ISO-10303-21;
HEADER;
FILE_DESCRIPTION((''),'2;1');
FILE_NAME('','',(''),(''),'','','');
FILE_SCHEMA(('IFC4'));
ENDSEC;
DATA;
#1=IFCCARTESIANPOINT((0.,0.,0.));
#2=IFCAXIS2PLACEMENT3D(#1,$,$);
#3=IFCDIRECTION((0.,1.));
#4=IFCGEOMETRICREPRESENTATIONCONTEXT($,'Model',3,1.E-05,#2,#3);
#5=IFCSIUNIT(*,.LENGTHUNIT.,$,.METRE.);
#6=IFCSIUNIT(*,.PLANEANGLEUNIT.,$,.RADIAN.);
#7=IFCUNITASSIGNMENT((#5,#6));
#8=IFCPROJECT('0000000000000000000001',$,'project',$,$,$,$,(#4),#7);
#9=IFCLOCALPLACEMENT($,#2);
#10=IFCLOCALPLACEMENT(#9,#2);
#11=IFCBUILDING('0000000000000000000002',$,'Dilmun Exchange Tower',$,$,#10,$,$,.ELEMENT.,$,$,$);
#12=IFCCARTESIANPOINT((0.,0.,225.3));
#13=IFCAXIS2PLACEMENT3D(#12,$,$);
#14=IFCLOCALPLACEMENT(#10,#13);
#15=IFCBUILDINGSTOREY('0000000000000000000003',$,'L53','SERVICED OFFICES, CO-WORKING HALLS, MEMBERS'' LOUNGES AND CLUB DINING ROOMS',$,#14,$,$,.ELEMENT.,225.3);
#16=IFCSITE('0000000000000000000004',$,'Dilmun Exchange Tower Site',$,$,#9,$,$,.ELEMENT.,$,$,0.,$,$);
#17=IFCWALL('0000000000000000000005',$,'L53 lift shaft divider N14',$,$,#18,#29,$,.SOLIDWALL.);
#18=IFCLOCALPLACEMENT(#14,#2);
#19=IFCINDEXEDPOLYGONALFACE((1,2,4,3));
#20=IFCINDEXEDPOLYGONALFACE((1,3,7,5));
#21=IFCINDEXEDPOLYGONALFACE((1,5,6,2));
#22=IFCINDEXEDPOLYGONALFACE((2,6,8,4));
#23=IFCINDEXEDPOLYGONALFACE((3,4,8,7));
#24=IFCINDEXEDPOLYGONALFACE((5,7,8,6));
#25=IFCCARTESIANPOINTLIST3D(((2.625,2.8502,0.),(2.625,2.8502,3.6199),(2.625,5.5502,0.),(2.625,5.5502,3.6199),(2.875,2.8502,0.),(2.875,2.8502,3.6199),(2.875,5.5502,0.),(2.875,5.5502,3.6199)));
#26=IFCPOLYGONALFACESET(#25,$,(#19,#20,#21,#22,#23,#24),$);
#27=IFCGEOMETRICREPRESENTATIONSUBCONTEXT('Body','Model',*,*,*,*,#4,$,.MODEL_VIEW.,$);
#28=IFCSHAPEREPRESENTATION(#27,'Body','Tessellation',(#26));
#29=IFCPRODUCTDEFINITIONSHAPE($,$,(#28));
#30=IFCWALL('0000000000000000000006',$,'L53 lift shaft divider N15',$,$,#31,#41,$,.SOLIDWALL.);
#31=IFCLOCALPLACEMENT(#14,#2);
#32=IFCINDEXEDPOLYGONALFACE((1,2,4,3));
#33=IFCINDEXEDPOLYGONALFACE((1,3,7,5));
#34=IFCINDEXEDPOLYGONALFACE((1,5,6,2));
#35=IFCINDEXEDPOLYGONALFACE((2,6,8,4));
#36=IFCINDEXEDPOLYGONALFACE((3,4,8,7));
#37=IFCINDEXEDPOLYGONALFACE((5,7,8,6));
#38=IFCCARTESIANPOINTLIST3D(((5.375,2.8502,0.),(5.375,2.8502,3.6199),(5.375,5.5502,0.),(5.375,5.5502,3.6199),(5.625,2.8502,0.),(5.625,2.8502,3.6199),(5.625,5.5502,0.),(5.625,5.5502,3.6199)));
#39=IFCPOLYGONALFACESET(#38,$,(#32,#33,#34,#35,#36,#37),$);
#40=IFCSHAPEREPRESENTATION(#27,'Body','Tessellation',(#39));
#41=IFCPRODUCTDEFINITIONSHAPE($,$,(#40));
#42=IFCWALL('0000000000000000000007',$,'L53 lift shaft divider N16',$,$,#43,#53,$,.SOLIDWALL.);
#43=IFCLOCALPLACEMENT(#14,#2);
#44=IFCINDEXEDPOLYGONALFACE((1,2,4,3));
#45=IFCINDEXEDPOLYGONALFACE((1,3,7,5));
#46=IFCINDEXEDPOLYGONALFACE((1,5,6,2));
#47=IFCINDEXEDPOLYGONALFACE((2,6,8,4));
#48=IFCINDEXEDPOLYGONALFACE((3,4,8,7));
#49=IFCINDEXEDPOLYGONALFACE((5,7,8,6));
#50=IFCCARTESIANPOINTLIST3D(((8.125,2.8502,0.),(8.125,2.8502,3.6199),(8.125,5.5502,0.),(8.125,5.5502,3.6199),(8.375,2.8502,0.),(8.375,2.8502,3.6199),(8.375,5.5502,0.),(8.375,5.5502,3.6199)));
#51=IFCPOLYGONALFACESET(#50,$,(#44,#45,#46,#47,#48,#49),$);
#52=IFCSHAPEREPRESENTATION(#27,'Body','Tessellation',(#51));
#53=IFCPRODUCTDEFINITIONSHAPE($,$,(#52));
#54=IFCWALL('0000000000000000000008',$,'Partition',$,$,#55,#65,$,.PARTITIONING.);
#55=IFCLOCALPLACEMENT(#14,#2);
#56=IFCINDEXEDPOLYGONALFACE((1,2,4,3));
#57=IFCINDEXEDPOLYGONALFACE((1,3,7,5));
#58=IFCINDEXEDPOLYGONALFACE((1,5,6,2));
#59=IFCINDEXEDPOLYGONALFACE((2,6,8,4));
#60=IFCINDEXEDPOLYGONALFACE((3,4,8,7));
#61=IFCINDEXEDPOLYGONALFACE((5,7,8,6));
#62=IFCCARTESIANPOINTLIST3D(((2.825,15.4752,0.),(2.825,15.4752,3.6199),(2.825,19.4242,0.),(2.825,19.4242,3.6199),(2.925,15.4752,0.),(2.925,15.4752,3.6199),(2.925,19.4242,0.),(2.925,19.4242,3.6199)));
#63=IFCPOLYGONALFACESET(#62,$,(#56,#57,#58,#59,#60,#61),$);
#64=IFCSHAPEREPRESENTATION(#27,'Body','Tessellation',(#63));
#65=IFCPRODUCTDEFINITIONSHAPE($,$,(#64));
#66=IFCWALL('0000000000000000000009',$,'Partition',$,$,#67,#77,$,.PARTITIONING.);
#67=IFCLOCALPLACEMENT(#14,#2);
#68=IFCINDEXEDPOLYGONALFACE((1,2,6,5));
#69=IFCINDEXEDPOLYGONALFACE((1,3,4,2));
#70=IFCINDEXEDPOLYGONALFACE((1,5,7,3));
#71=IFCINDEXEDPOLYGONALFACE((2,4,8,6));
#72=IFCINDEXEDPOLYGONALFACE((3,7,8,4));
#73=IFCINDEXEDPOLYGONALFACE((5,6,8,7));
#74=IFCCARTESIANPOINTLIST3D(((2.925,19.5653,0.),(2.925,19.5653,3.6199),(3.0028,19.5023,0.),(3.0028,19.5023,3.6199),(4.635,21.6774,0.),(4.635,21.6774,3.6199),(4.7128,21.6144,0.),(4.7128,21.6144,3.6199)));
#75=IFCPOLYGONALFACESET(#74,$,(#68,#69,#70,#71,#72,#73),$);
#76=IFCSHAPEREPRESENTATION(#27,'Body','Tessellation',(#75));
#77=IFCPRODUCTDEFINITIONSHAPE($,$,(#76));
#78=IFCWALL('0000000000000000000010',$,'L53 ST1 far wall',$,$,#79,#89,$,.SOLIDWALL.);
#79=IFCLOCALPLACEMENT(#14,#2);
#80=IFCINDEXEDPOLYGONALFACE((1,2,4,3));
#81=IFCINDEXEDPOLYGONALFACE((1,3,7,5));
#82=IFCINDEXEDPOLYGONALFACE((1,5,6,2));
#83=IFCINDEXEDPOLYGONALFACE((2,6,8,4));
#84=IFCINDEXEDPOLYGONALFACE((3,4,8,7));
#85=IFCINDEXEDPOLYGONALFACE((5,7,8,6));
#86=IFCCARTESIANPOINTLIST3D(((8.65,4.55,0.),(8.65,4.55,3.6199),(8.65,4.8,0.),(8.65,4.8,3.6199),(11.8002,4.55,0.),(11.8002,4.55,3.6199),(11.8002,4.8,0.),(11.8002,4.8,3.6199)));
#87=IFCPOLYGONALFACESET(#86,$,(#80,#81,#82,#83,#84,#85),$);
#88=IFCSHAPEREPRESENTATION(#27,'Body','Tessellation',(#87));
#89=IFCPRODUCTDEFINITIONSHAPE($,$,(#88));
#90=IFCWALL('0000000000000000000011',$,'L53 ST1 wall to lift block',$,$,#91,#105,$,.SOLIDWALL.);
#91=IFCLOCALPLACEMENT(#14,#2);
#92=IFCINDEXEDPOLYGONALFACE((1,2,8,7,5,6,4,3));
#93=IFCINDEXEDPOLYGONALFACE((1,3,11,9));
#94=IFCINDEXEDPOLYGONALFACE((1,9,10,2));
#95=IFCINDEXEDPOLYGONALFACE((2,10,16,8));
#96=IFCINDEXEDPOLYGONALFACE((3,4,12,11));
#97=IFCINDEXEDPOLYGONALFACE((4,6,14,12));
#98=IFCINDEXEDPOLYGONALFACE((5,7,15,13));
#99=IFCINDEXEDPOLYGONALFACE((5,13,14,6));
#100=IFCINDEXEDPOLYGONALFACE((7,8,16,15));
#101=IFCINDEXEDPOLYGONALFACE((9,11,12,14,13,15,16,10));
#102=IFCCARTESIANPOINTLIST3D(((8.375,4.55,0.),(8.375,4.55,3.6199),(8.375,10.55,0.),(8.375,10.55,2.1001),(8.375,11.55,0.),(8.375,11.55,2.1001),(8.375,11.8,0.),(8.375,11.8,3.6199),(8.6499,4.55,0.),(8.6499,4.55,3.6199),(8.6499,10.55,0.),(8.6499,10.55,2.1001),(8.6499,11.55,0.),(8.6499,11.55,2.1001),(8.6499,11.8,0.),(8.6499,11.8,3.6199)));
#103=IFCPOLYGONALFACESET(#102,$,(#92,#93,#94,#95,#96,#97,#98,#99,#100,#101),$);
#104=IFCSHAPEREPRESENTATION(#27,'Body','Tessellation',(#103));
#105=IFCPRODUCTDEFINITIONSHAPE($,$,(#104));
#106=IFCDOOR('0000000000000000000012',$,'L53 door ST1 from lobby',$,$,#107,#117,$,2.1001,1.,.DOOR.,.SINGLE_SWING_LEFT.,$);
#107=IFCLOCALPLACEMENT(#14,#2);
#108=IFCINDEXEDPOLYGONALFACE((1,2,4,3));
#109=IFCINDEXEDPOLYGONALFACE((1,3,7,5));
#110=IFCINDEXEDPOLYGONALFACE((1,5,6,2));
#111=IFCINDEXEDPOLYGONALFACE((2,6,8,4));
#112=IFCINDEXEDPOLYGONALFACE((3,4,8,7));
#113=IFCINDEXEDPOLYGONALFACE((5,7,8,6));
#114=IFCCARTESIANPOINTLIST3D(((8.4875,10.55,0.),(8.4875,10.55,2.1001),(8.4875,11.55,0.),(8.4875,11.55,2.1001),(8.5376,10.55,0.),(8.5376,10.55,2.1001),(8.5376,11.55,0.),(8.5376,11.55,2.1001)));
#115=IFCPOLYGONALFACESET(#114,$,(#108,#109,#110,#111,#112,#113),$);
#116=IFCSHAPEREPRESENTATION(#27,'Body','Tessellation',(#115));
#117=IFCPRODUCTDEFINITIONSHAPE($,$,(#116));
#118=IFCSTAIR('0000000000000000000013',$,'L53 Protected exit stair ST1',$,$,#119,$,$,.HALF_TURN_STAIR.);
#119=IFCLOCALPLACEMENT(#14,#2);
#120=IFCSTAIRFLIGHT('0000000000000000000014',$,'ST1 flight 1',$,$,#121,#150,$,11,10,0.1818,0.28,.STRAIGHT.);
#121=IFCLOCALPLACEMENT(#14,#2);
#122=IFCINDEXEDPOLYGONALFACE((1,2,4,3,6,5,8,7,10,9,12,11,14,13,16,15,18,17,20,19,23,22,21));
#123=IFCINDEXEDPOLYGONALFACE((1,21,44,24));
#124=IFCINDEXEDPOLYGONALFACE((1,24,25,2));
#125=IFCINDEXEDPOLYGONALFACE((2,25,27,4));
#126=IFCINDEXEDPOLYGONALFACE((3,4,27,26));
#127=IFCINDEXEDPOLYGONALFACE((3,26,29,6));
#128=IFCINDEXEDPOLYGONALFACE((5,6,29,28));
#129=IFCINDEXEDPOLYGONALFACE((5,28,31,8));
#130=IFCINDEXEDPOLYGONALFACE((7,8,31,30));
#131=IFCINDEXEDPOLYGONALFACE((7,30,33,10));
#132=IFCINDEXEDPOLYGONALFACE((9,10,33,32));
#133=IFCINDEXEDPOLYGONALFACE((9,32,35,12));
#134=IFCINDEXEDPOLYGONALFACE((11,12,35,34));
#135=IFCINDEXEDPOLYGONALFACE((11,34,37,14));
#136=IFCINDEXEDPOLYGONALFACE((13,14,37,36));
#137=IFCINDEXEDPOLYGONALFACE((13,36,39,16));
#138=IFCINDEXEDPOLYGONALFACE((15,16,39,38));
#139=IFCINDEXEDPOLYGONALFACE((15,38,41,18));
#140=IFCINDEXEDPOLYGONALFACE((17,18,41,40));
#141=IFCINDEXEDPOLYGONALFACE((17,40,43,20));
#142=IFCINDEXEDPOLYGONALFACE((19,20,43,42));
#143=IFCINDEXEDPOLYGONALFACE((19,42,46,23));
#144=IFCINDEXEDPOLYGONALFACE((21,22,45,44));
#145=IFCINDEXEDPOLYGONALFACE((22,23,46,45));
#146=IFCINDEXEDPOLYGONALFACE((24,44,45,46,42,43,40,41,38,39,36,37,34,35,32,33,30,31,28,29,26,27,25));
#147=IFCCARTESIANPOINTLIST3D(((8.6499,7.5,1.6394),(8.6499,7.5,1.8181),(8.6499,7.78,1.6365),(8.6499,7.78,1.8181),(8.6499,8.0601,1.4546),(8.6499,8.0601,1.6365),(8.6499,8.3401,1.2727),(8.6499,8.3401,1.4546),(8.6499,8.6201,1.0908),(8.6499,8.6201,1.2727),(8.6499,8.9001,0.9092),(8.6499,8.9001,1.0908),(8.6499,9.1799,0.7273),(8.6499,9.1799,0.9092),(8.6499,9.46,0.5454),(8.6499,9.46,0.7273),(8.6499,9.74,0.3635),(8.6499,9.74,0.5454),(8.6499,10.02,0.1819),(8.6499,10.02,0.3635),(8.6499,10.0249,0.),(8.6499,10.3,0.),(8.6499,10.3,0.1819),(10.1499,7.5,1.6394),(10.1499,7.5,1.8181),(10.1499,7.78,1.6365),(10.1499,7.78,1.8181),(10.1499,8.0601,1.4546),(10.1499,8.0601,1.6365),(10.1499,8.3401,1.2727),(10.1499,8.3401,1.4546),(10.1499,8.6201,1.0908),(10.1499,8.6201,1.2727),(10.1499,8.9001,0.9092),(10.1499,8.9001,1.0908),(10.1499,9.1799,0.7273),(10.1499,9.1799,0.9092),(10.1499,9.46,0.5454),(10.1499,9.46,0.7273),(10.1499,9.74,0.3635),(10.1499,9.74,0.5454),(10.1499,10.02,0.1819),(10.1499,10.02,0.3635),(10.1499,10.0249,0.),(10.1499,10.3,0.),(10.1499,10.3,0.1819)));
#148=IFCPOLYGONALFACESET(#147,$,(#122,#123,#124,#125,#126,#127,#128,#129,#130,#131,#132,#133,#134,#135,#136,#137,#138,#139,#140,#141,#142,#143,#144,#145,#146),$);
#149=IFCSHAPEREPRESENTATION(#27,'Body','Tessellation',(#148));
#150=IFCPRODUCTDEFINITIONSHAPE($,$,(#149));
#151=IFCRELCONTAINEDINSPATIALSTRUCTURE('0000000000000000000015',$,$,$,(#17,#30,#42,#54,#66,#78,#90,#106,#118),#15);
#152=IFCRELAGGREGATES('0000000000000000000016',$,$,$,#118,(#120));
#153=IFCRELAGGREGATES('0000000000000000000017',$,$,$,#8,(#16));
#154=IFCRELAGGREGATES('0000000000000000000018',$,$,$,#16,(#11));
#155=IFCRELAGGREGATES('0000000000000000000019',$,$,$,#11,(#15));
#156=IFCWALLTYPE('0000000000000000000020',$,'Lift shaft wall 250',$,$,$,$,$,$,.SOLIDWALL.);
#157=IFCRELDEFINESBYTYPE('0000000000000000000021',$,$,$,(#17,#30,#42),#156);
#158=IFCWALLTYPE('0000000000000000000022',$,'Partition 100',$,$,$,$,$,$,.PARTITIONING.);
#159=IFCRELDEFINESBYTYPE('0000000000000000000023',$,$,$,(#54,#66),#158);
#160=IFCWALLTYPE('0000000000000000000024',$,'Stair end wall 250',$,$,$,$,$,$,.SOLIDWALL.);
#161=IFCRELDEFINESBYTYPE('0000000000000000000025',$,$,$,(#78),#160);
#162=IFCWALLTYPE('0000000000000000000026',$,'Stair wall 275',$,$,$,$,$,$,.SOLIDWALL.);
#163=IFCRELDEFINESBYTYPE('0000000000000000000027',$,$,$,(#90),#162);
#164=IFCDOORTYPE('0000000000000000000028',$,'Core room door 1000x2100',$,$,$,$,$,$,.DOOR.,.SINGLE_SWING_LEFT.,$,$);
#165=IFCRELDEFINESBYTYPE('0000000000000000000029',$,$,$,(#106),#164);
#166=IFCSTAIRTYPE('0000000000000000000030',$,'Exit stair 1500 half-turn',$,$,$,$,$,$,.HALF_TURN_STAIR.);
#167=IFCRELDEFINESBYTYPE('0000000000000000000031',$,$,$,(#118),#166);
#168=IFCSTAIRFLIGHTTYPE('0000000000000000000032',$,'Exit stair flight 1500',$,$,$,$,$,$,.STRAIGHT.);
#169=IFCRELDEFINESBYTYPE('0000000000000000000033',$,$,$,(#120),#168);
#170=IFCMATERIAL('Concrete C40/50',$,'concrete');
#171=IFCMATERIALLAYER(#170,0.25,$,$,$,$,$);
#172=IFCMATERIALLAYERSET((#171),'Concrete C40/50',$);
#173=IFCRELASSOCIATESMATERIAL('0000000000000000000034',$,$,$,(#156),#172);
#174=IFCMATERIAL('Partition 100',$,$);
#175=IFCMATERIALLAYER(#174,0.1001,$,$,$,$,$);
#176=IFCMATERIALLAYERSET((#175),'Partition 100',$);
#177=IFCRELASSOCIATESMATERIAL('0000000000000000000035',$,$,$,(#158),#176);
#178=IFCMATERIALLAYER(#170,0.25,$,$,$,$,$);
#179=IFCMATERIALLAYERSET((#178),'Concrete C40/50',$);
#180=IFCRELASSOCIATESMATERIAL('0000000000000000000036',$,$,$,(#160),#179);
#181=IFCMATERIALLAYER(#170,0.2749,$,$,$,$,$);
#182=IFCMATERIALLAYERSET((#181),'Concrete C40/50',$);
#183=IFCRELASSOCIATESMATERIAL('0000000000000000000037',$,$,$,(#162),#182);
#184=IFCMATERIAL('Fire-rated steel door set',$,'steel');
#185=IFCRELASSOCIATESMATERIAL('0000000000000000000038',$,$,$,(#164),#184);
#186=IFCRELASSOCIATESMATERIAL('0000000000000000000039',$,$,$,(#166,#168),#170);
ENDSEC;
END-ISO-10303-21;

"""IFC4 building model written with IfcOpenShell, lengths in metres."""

from ifc_helpers import new_model, si_unit, direction, frame, frame_2d, origin, place, context, subcontext, project, spatial, polyline, rectangle, outline, extrude, material, layer, layer_set, type_object, element, fill, aggregate, save


model = new_model("IFC4")

# Units and contexts
model_context = context("Model", 3, precision=1e-05, world=origin(), true_north=direction((0.0, 1.0)))
body_context = subcontext(model_context, "Body", "Model", "MODEL_VIEW")
ifc_project = project(units=[si_unit("LENGTHUNIT", "METRE"), si_unit("PLANEANGLEUNIT", "RADIAN")], contexts=[model_context])

# Site, building, storey
site_placement = place(None, origin())
site = spatial("IfcSite", under=ifc_project, at=site_placement, Name="Dilmun Exchange Tower Site", CompositionType="ELEMENT", RefElevation=0.0)
building_placement = place(site_placement, origin())
building = spatial("IfcBuilding", under=site, at=building_placement, Name="Dilmun Exchange Tower", CompositionType="ELEMENT")
storey_placement = place(building_placement, frame((0.0, 0.0, 225.3)))
storey = spatial("IfcBuildingStorey", under=building, at=storey_placement, Name="L53", Description="SERVICED OFFICES, CO-WORKING HALLS, MEMBERS' LOUNGES AND CLUB DINING ROOMS", CompositionType="ELEMENT", Elevation=225.3)

# Shared definitions
ifc_material_1 = material(Name="Concrete C40/50", Category="concrete")
ifc_material_2 = material(Name="Fire-rated steel door set", Category="steel")

# Walls
ifc_layer_1 = layer(ifc_material_1, 0.25)
ifc_layer_set_1 = layer_set([ifc_layer_1], Name="Concrete C40/50")
wall_type_1 = type_object("IfcWallType", Name="Lift shaft wall 250", PredefinedType="SOLIDWALL", material=ifc_layer_set_1)
for number, where, z_axis, x_axis, name in (
    (1, (2.75, 2.8501, 0.0), (0.0, 0.0, 1.0), (0.0, 1.0, 0.0), "L53 lift shaft divider N14"),
    (2, (5.5, 2.8501, 0.0), (0.0, 0.0, 1.0), (0.0, 1.0, 0.0), "L53 lift shaft divider N15"),
    (3, (8.25, 2.8501, 0.0), (0.0, 0.0, 1.0), (0.0, 1.0, 0.0), "L53 lift shaft divider N16"),
):
    element("IfcWall", number, at=place(storey_placement, frame(where, z_axis=z_axis, x_axis=x_axis)), inside=storey, type_object=wall_type_1, Name=name, PredefinedType="SOLIDWALL", context=body_context, shape_type="SweptSolid", body=[
        extrude(rectangle(XDim=2.7, YDim=0.25, at=frame_2d((1.3501, 0.0))), origin(), (0.0, 0.0, 1.0), 3.6199),
    ])
ifc_material_3 = material(Name="Partition 100")
ifc_layer_2 = layer(ifc_material_3, 0.1001)
ifc_layer_set_2 = layer_set([ifc_layer_2], Name="Partition 100")
wall_type_2 = type_object("IfcWallType", Name="Partition 100", PredefinedType="PARTITIONING", material=ifc_layer_set_2)
wall_1_placement = place(storey_placement, frame((2.875, 15.4751, 0.0), z_axis=(0.0, 0.0, 1.0), x_axis=(0.0, 1.0, 0.0)))
element("IfcWall", 4, at=wall_1_placement, inside=storey, type_object=wall_type_2, Name="Partition", PredefinedType="PARTITIONING", context=body_context, shape_type="SweptSolid", body=[
    extrude(rectangle(XDim=3.949, YDim=0.1001, at=frame_2d((1.9746, 0.0))), origin(), (0.0, 0.0, 1.0), 3.6199),
])
wall_2_placement = place(storey_placement, frame((2.9639, 19.5337, 0.0), z_axis=(0.0, 0.0, 1.0), x_axis=(0.629242, 0.777209, 0.0)))
element("IfcWall", 5, at=wall_2_placement, inside=storey, type_object=wall_type_2, Name="Partition", PredefinedType="PARTITIONING", context=body_context, shape_type="SweptSolid", body=[
    extrude(rectangle(XDim=2.7175, YDim=0.1001, at=frame_2d((1.3589, 0.0))), origin(), (0.0, 0.0, 1.0), 3.6199),
])
ifc_layer_3 = layer(ifc_material_1, 0.25)
ifc_layer_set_3 = layer_set([ifc_layer_3], Name="Concrete C40/50")
wall_type_3 = type_object("IfcWallType", Name="Stair end wall 250", PredefinedType="SOLIDWALL", material=ifc_layer_set_3)
wall_3_placement = place(storey_placement, frame((8.6499, 4.675, 0.0), z_axis=(0.0, 0.0, 1.0), x_axis=(1.0, 0.0, 0.0)))
element("IfcWall", 6, at=wall_3_placement, inside=storey, type_object=wall_type_3, Name="L53 ST1 far wall", PredefinedType="SOLIDWALL", context=body_context, shape_type="SweptSolid", body=[
    extrude(rectangle(XDim=3.1501, YDim=0.25, at=frame_2d((1.5752, 0.0))), origin(), (0.0, 0.0, 1.0), 3.6199),
])

# Wall, opening, door
ifc_layer_4 = layer(ifc_material_1, 0.2749)
ifc_layer_set_4 = layer_set([ifc_layer_4], Name="Concrete C40/50")
wall_type_4 = type_object("IfcWallType", Name="Stair wall 275", PredefinedType="SOLIDWALL", material=ifc_layer_set_4)
wall_4_placement = place(storey_placement, frame((8.5125, 4.55, 0.0), z_axis=(0.0, 0.0, 1.0), x_axis=(0.0, 1.0, 0.0)))
wall_4 = element("IfcWall", 7, at=wall_4_placement, inside=storey, type_object=wall_type_4, Name="L53 ST1 wall to lift block", PredefinedType="SOLIDWALL", context=body_context, shape_type="SweptSolid", body=[
    extrude(rectangle(XDim=7.25, YDim=0.2749, at=frame_2d((3.625, 0.0))), origin(), (0.0, 0.0, 1.0), 3.6199),
])
opening_1_placement = place(wall_4_placement, frame((6.0, 0.0, 0.0)))
opening_1 = element("IfcOpeningElement", 8, at=opening_1_placement, cuts=wall_4, PredefinedType="OPENING", context=body_context, shape_type="SweptSolid", body=[
    extrude(rectangle(XDim=1.0, YDim=2.1001, at=frame_2d((0.5, 1.05))), frame((0.0, 0.1475, 0.0), z_axis=(0.0, -1.0, 0.0), x_axis=(1.0, 0.0, 0.0)), (0.0, 0.0, 1.0), 0.2949),
])
door_type_1 = type_object("IfcDoorType", Name="Core room door 1000x2100", OperationType="SINGLE_SWING_LEFT", PredefinedType="DOOR", material=ifc_material_2)
door_1_placement = place(opening_1_placement, origin())
door_1 = element("IfcDoor", 9, at=door_1_placement, inside=storey, type_object=door_type_1, Name="L53 door ST1 from lobby", OperationType="SINGLE_SWING_LEFT", OverallHeight=2.1001, OverallWidth=1.0, PredefinedType="DOOR", context=body_context, shape_type="SweptSolid", body=[
    extrude(rectangle(XDim=1.0, YDim=2.1001, at=frame_2d((0.5, 1.05))), frame((0.0, 0.0249, 0.0), z_axis=(0.0, -1.0, 0.0), x_axis=(1.0, 0.0, 0.0)), (0.0, 0.0, 1.0), 0.05),
])
fill(opening_1, door_1)

# Stair, stair flight
stair_type = type_object("IfcStairType", Name="Exit stair 1500 half-turn", PredefinedType="HALF_TURN_STAIR", material=ifc_material_1)
stair_placement = place(storey_placement, origin())
stair = element("IfcStair", 10, at=stair_placement, inside=storey, type_object=stair_type, Name="L53 Protected exit stair ST1", PredefinedType="HALF_TURN_STAIR")
stair_flight_type = type_object("IfcStairFlightType", Name="Exit stair flight 1500", PredefinedType="STRAIGHT", material=ifc_material_1)
stair_flight_placement = place(storey_placement, frame((9.3999, 10.3, 0.0), z_axis=(0.0, 0.0, 1.0), x_axis=(0.0, -1.0, 0.0)))
stair_flight = element("IfcStairFlight", 11, at=stair_flight_placement, type_object=stair_flight_type, Name="ST1 flight 1", NumberOfRisers=11, NumberOfTreads=10, PredefinedType="STRAIGHT", RiserHeight=0.1818, TreadLength=0.28, context=body_context, shape_type="SweptSolid", body=[
    extrude(outline(polyline([(0.0, 0.0), (0.0, 0.1819), (0.28, 0.1819), (0.28, 0.3635), (0.5601, 0.3635), (0.5601, 0.5454), (0.8401, 0.5454), (0.8401, 0.7273), (1.1201, 0.7273), (1.1201, 0.9092), (1.3999, 0.9092), (1.3999, 1.0908), (1.6799, 1.0908), (1.6799, 1.2727), (1.96, 1.2727), (1.96, 1.4546), (2.24, 1.4546), (2.24, 1.6365), (2.52, 1.6365), (2.52, 1.8181), (2.8, 1.8181), (2.8, 2.0), (2.8, 1.6394), (0.2751, 0.0), (0.0, 0.0)])), frame((0.0, 0.75, 0.0), z_axis=(0.0, -1.0, 0.0), x_axis=(1.0, 0.0, 0.0)), (0.0, 0.0, 1.0), 1.5),
])
aggregate(stair, [stair_flight])

save(model, "model.ifc")
